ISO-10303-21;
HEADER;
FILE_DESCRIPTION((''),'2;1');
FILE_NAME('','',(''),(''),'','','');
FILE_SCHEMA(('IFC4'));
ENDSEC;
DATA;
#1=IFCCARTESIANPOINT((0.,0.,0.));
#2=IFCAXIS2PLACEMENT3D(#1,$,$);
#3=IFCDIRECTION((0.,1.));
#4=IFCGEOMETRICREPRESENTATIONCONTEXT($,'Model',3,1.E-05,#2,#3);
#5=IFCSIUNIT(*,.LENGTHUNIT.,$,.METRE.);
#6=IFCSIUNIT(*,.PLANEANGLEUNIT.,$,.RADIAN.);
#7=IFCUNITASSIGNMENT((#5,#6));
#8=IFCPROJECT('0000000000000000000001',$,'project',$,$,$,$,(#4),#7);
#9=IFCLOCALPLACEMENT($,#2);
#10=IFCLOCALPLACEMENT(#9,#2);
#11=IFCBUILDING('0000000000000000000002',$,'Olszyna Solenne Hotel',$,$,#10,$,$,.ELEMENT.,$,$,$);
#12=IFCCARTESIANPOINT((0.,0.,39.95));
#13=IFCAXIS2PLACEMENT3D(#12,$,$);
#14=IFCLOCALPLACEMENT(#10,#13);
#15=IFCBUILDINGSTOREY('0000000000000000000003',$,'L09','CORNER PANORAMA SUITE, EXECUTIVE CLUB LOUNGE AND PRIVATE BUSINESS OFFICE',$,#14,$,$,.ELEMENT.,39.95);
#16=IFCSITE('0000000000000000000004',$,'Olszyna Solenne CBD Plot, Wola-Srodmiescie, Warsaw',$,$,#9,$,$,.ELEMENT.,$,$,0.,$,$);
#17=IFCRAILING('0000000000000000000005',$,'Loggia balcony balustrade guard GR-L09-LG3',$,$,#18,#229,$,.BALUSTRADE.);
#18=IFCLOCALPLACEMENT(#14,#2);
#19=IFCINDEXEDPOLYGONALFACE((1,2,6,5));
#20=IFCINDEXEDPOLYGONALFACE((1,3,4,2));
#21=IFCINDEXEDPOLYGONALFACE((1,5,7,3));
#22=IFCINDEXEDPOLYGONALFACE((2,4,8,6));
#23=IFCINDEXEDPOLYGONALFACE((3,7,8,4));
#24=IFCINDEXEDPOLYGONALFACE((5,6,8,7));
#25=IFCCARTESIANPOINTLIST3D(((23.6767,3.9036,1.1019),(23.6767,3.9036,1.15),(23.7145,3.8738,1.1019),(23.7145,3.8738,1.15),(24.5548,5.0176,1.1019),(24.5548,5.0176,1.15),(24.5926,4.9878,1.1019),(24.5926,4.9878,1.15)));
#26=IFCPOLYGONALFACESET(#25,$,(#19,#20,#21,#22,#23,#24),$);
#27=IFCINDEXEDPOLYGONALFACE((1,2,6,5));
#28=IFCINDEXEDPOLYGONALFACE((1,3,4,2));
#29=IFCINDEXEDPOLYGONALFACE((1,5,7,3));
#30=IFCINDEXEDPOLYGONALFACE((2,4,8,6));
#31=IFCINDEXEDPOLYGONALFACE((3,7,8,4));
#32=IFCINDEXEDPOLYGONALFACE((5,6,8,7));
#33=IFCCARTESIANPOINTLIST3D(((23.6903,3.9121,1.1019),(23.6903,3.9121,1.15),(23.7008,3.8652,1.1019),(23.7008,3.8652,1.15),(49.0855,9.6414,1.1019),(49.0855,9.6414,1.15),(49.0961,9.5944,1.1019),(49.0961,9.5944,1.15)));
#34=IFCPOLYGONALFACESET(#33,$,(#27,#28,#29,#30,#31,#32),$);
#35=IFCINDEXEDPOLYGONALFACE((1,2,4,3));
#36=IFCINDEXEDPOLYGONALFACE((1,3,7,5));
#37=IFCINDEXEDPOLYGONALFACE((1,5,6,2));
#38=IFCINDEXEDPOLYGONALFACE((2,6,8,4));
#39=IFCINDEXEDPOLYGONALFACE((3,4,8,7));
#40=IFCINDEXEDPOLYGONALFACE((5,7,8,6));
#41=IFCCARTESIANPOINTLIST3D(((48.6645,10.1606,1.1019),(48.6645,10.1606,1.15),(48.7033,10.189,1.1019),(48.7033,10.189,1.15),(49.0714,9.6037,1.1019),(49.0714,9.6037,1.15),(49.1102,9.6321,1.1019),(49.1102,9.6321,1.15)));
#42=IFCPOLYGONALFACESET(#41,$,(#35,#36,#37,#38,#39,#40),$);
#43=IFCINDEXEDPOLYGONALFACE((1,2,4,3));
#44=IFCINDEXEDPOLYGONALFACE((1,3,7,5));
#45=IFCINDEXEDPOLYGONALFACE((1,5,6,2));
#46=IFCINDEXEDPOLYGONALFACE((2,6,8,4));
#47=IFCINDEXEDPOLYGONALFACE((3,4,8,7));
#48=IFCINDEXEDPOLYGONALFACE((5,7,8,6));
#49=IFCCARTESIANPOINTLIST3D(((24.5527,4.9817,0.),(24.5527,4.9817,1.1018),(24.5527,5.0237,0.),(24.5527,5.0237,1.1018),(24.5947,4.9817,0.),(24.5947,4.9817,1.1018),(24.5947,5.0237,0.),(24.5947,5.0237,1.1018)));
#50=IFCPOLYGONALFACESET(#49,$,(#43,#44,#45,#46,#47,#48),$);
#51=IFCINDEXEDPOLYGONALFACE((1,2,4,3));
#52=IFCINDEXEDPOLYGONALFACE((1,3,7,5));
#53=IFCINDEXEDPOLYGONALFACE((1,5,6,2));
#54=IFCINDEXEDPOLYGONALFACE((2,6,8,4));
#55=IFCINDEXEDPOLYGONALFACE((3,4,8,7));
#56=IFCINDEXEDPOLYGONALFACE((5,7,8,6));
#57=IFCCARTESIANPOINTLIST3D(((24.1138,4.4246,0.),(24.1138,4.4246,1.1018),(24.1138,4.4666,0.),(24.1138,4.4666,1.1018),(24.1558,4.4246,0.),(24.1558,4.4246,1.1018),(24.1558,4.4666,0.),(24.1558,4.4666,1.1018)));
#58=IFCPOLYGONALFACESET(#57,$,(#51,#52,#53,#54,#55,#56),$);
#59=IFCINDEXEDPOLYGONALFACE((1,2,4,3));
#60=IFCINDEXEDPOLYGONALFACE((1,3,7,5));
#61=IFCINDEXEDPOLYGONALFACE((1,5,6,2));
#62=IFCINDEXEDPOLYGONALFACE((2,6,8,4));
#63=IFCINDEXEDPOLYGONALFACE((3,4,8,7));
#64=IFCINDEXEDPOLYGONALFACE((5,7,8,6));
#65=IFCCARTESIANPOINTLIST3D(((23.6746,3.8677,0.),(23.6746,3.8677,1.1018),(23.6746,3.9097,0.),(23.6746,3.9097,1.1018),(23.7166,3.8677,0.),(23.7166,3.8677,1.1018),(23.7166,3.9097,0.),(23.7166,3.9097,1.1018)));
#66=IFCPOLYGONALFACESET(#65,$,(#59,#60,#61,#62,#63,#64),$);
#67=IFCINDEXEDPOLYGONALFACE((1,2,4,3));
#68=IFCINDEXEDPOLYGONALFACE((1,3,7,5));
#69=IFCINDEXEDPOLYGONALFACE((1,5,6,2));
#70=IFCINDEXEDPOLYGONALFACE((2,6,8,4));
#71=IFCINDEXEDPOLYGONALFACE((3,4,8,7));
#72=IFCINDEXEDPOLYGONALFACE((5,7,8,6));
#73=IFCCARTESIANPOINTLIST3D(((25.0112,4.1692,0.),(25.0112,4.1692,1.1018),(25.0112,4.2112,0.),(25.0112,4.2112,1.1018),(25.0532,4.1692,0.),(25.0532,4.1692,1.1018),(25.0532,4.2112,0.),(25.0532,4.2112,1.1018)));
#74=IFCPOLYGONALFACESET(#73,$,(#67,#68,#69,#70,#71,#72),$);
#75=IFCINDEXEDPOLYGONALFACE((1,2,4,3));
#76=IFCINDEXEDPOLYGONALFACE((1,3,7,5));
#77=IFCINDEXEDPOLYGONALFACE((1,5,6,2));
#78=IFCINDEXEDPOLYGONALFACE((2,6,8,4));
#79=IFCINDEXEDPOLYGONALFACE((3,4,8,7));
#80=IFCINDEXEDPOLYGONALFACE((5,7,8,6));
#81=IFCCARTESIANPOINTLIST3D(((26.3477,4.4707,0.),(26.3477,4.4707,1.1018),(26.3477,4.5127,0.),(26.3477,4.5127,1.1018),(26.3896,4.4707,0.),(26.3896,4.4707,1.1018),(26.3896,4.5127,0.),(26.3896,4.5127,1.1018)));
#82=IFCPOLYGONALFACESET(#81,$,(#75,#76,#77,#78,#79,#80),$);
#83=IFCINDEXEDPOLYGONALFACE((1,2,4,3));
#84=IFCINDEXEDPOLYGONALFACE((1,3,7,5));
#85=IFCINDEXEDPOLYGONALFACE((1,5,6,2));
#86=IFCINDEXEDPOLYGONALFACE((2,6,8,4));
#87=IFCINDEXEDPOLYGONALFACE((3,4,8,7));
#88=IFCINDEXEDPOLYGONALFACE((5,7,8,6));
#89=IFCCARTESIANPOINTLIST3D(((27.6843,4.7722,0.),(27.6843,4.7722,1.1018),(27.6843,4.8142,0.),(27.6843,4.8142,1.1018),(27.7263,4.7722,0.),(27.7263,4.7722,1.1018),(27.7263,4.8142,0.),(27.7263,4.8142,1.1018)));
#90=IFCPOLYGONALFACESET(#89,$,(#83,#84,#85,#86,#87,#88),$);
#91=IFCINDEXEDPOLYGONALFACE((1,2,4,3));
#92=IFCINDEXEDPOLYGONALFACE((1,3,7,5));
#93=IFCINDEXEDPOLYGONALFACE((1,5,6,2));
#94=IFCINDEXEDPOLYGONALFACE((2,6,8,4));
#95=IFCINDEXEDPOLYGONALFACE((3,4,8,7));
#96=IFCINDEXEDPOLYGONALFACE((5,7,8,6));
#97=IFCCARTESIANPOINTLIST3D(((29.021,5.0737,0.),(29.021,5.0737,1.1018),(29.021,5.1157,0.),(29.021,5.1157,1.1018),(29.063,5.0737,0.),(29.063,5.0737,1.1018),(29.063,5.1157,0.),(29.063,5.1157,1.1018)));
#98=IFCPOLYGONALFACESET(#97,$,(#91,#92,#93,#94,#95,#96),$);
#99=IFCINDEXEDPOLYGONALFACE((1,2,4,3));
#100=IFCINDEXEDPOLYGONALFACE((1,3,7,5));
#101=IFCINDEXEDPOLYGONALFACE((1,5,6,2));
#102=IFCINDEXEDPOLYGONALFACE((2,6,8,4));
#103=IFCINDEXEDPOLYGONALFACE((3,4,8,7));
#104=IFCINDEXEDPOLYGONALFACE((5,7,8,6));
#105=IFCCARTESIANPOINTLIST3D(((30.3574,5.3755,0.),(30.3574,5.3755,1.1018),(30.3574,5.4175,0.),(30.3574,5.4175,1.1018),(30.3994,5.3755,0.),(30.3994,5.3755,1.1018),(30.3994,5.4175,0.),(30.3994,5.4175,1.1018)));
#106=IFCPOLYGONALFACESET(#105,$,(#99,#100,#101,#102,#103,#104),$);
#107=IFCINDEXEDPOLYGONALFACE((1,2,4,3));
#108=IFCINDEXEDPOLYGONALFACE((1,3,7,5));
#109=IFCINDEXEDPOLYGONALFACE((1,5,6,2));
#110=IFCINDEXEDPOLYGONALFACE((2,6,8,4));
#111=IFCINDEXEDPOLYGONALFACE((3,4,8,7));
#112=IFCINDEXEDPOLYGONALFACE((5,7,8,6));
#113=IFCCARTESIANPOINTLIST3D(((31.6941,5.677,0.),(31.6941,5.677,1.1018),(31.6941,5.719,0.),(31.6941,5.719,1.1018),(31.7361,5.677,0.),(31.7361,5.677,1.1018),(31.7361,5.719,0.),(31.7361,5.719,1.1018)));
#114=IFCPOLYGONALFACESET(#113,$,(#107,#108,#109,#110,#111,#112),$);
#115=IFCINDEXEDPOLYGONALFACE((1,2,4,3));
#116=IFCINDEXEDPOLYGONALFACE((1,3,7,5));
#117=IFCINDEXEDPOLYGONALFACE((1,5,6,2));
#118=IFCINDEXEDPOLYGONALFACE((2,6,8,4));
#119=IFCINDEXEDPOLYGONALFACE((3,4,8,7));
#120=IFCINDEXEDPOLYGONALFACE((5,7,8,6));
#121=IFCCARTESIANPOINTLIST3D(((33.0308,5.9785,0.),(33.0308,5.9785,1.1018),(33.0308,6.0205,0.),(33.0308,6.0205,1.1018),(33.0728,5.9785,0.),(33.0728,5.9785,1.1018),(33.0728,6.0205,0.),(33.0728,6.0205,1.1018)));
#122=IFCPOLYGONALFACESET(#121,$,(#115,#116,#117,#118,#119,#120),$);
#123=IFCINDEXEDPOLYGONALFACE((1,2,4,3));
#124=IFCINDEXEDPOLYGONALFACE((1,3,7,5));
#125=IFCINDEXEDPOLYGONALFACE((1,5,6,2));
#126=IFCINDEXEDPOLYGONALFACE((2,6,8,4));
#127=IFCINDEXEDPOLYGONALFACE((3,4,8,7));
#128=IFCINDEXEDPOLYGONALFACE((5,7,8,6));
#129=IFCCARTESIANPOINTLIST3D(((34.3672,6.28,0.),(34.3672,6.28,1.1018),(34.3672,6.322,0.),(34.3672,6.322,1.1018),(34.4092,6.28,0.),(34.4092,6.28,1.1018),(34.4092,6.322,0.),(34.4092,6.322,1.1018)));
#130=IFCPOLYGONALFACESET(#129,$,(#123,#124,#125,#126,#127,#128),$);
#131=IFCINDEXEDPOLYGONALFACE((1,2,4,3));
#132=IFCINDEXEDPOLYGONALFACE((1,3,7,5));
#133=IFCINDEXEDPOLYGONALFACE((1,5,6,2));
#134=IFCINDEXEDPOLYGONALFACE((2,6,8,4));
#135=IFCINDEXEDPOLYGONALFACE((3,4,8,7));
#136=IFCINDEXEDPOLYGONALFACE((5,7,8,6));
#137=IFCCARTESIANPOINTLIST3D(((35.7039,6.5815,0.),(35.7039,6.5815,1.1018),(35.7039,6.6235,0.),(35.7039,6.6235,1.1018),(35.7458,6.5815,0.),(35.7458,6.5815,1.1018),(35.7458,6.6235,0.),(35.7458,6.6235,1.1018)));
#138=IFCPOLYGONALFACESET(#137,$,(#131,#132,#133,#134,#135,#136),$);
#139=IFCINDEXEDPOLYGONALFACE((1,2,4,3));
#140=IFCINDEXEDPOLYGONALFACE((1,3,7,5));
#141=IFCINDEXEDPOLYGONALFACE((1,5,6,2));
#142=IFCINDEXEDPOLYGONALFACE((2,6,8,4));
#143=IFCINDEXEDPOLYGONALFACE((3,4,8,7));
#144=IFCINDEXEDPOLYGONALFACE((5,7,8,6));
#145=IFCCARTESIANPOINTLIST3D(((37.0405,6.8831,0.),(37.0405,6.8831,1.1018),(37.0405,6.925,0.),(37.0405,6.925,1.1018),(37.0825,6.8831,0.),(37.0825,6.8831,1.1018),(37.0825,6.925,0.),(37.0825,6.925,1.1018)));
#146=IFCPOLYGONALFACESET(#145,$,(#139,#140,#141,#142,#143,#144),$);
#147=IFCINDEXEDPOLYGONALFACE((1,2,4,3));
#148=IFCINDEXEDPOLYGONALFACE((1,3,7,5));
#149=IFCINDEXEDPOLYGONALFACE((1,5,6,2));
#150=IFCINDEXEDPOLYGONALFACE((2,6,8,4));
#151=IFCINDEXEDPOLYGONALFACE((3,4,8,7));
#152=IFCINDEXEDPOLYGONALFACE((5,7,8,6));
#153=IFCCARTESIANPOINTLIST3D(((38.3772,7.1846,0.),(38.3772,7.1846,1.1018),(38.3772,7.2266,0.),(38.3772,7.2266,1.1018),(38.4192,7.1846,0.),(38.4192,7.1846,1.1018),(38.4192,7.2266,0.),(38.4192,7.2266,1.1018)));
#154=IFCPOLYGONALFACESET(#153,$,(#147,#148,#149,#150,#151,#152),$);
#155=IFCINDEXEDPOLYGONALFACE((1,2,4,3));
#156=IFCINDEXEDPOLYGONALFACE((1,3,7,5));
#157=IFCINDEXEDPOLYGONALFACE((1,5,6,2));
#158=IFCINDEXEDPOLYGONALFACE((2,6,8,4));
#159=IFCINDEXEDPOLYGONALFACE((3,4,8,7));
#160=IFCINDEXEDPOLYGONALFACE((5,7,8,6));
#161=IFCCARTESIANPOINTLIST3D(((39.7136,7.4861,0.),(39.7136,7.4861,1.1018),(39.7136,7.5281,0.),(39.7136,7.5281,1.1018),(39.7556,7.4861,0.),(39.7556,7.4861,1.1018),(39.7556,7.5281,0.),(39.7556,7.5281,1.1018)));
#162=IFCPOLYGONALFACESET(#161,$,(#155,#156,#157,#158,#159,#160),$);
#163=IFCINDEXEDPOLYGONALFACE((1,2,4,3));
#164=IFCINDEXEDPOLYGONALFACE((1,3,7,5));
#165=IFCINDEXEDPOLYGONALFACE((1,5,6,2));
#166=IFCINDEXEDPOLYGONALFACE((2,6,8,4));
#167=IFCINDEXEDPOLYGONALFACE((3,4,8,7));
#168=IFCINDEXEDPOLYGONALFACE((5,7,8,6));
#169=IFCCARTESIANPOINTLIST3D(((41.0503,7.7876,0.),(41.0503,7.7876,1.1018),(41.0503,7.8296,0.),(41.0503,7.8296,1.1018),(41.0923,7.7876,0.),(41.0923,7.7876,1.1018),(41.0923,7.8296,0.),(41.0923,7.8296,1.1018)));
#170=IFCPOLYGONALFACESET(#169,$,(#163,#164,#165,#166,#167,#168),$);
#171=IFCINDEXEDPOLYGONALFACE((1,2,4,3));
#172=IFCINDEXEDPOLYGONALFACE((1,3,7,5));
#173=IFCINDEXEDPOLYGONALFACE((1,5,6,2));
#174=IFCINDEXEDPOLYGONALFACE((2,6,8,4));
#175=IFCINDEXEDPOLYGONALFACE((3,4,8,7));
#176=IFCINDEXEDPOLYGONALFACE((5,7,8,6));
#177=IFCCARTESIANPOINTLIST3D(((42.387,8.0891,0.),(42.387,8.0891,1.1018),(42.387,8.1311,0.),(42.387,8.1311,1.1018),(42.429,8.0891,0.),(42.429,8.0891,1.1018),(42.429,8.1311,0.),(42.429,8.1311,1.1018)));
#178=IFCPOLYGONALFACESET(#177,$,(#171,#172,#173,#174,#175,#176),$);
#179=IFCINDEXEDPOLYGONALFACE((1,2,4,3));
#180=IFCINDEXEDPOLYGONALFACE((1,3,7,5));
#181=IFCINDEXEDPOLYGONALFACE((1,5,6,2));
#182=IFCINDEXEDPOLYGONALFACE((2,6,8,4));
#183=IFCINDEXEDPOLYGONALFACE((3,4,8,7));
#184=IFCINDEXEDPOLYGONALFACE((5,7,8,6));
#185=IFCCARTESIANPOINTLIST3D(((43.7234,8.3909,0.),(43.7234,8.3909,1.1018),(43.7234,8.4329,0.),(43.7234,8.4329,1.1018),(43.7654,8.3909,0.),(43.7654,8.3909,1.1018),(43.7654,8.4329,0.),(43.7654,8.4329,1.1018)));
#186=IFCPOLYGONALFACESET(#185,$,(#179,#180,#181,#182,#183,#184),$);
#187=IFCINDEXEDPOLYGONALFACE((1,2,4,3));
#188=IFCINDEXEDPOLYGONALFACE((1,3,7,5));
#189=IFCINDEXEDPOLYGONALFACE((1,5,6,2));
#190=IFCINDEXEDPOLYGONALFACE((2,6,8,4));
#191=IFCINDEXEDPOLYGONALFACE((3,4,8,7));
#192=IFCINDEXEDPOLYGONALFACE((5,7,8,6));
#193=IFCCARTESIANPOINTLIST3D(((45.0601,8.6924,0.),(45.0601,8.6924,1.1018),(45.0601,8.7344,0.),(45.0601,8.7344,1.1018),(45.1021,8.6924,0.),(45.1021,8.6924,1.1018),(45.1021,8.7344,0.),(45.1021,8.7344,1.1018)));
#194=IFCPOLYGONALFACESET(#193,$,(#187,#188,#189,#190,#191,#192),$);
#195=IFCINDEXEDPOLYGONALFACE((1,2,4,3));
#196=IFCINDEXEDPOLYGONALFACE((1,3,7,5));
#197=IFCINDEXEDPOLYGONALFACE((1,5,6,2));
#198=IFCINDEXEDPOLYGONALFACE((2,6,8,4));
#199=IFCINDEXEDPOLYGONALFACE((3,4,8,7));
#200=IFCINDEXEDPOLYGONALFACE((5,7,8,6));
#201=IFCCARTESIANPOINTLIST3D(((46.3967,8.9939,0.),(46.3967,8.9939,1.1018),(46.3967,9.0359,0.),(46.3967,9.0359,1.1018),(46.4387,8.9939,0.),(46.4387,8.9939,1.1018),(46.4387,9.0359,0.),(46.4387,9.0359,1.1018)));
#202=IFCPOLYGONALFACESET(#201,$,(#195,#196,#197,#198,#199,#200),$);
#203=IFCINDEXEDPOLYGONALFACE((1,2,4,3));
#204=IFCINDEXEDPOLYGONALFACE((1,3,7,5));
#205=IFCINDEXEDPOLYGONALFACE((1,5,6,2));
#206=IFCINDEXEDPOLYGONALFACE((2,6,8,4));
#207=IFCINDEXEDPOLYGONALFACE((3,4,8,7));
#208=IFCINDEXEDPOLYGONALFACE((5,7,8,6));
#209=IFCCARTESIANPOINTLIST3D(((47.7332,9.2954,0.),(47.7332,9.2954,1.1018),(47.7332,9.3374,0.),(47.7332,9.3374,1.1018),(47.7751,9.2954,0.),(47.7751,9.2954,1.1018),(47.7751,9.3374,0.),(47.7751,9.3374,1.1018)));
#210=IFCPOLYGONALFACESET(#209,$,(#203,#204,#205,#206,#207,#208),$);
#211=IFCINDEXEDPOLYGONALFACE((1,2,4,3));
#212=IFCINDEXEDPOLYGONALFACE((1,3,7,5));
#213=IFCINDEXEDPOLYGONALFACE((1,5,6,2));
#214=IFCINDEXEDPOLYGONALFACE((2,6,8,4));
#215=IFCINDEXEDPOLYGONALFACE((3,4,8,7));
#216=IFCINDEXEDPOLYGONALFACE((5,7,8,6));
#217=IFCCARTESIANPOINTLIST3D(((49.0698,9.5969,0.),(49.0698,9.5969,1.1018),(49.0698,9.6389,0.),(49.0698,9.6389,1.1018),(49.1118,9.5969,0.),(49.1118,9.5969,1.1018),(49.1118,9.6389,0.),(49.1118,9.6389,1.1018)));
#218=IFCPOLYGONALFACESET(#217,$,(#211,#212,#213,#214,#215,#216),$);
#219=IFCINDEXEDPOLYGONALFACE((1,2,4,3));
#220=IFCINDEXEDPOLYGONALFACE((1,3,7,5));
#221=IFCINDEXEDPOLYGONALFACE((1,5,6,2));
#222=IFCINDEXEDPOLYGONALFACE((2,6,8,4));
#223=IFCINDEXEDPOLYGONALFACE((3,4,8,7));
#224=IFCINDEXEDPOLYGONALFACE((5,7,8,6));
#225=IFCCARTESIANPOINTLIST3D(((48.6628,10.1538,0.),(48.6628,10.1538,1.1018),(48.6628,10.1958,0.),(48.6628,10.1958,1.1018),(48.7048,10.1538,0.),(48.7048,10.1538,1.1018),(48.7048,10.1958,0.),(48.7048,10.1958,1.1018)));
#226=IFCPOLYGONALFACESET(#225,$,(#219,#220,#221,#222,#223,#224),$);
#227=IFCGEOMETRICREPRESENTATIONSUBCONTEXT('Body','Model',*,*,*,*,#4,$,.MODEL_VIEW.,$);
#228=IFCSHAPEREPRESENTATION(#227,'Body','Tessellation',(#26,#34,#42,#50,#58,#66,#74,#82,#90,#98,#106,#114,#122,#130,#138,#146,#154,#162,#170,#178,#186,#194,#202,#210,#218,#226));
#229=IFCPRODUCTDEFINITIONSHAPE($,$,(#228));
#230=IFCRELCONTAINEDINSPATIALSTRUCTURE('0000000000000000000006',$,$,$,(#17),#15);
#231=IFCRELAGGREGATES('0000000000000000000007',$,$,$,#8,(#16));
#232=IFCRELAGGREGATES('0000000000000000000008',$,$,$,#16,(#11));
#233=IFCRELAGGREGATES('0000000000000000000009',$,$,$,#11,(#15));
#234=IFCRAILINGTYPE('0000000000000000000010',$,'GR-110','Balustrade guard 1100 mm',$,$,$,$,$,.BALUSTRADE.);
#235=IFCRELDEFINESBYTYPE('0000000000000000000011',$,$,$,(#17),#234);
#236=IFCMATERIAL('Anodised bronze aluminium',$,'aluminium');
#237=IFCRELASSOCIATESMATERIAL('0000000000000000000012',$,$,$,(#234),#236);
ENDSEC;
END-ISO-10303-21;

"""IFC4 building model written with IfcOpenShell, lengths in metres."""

from ifc_helpers import new_model, si_unit, direction, frame, origin, origin_2d, place, context, subcontext, project, spatial, rectangle, extrude, material, type_object, element, save


model = new_model("IFC4")

# Units and contexts
model_context = context("Model", 3, precision=1e-05, world=origin(), true_north=direction((0.0, 1.0)))
body_context = subcontext(model_context, "Body", "Model", "MODEL_VIEW")
ifc_project = project(units=[si_unit("LENGTHUNIT", "METRE"), si_unit("PLANEANGLEUNIT", "RADIAN")], contexts=[model_context])

# Site, building, storey
site_placement = place(None, origin())
site = spatial("IfcSite", under=ifc_project, at=site_placement, Name="Olszyna Solenne CBD Plot, Wola-Srodmiescie, Warsaw", CompositionType="ELEMENT", RefElevation=0.0)
building_placement = place(site_placement, origin())
building = spatial("IfcBuilding", under=site, at=building_placement, Name="Olszyna Solenne Hotel", CompositionType="ELEMENT")
storey_placement = place(building_placement, frame((0.0, 0.0, 39.95)))
storey = spatial("IfcBuildingStorey", under=building, at=storey_placement, Name="L09", Description="CORNER PANORAMA SUITE, EXECUTIVE CLUB LOUNGE AND PRIVATE BUSINESS OFFICE", CompositionType="ELEMENT", Elevation=39.95)

# Shared definitions
ifc_material_1 = material(Name="Anodised bronze aluminium", Category="aluminium")

# Railing
railing_type_1 = type_object("IfcRailingType", Name="GR-110", Description="Balustrade guard 1100 mm", PredefinedType="BALUSTRADE", material=ifc_material_1)
railing_1_placement = place(storey_placement, frame((24.5737, 5.0027, 0.0)))
element("IfcRailing", 1, at=railing_1_placement, inside=storey, type_object=railing_type_1, Name="Loggia balcony balustrade guard GR-L09-LG3", PredefinedType="BALUSTRADE", context=body_context, shape_type="SweptSolid", body=[
    extrude(rectangle(XDim=0.0481, YDim=0.0481, at=origin_2d()), frame((0.0, 0.0, 1.126), z_axis=(-0.619075, -0.785332, 0.0), x_axis=(0.785332, -0.619075, 0.0)), (0.0, 0.0, 1.0), 1.4185),
    extrude(rectangle(XDim=0.0481, YDim=0.0481, at=origin_2d()), frame((-0.8782, -1.114, 1.126), z_axis=(0.975484, 0.220072, 0.0), x_axis=(-0.220072, 0.975484, 0.0)), (0.0, 0.0, 1.0), 26.0334),
    extrude(rectangle(XDim=0.0481, YDim=0.0481, at=origin_2d()), frame((24.5171, 4.6152, 1.126), z_axis=(-0.590043, 0.807372, 0.0), x_axis=(-0.807372, -0.590043, 0.0)), (0.0, 0.0, 1.0), 0.6897),
    extrude(rectangle(XDim=0.042, YDim=0.042, at=origin_2d()), origin(), (0.0, 0.0, 1.0), 1.1018),
    extrude(rectangle(XDim=0.042, YDim=0.042, at=origin_2d()), frame((-0.439, -0.5571, 0.0)), (0.0, 0.0, 1.0), 1.1018),
    extrude(rectangle(XDim=0.042, YDim=0.042, at=origin_2d()), frame((-0.8782, -1.114, 0.0)), (0.0, 0.0, 1.0), 1.1018),
    extrude(rectangle(XDim=0.042, YDim=0.042, at=origin_2d()), frame((0.4585, -0.8125, 0.0)), (0.0, 0.0, 1.0), 1.1018),
    extrude(rectangle(XDim=0.042, YDim=0.042, at=origin_2d()), frame((1.7949, -0.511, 0.0)), (0.0, 0.0, 1.0), 1.1018),
    extrude(rectangle(XDim=0.042, YDim=0.042, at=origin_2d()), frame((3.1316, -0.2095, 0.0)), (0.0, 0.0, 1.0), 1.1018),
    extrude(rectangle(XDim=0.042, YDim=0.042, at=origin_2d()), frame((4.4683, 0.092, 0.0)), (0.0, 0.0, 1.0), 1.1018),
    extrude(rectangle(XDim=0.042, YDim=0.042, at=origin_2d()), frame((5.8047, 0.3938, 0.0)), (0.0, 0.0, 1.0), 1.1018),
    extrude(rectangle(XDim=0.042, YDim=0.042, at=origin_2d()), frame((7.1414, 0.6953, 0.0)), (0.0, 0.0, 1.0), 1.1018),
    extrude(rectangle(XDim=0.042, YDim=0.042, at=origin_2d()), frame((8.478, 0.9968, 0.0)), (0.0, 0.0, 1.0), 1.1018),
    extrude(rectangle(XDim=0.042, YDim=0.042, at=origin_2d()), frame((9.8145, 1.2983, 0.0)), (0.0, 0.0, 1.0), 1.1018),
    extrude(rectangle(XDim=0.042, YDim=0.042, at=origin_2d()), frame((11.1511, 1.5999, 0.0)), (0.0, 0.0, 1.0), 1.1018),
    extrude(rectangle(XDim=0.042, YDim=0.042, at=origin_2d()), frame((12.4878, 1.9014, 0.0)), (0.0, 0.0, 1.0), 1.1018),
    extrude(rectangle(XDim=0.042, YDim=0.042, at=origin_2d()), frame((13.8245, 2.2029, 0.0)), (0.0, 0.0, 1.0), 1.1018),
    extrude(rectangle(XDim=0.042, YDim=0.042, at=origin_2d()), frame((15.1609, 2.5044, 0.0)), (0.0, 0.0, 1.0), 1.1018),
    extrude(rectangle(XDim=0.042, YDim=0.042, at=origin_2d()), frame((16.4976, 2.8059, 0.0)), (0.0, 0.0, 1.0), 1.1018),
    extrude(rectangle(XDim=0.042, YDim=0.042, at=origin_2d()), frame((17.8342, 3.1074, 0.0)), (0.0, 0.0, 1.0), 1.1018),
    extrude(rectangle(XDim=0.042, YDim=0.042, at=origin_2d()), frame((19.1707, 3.4092, 0.0)), (0.0, 0.0, 1.0), 1.1018),
    extrude(rectangle(XDim=0.042, YDim=0.042, at=origin_2d()), frame((20.5073, 3.7107, 0.0)), (0.0, 0.0, 1.0), 1.1018),
    extrude(rectangle(XDim=0.042, YDim=0.042, at=origin_2d()), frame((21.844, 4.0122, 0.0)), (0.0, 0.0, 1.0), 1.1018),
    extrude(rectangle(XDim=0.042, YDim=0.042, at=origin_2d()), frame((23.1804, 4.3137, 0.0)), (0.0, 0.0, 1.0), 1.1018),
    extrude(rectangle(XDim=0.042, YDim=0.042, at=origin_2d()), frame((24.5171, 4.6152, 0.0)), (0.0, 0.0, 1.0), 1.1018),
    extrude(rectangle(XDim=0.042, YDim=0.042, at=origin_2d()), frame((24.1101, 5.1721, 0.0)), (0.0, 0.0, 1.0), 1.1018),
])

save(model, "model.ifc")
